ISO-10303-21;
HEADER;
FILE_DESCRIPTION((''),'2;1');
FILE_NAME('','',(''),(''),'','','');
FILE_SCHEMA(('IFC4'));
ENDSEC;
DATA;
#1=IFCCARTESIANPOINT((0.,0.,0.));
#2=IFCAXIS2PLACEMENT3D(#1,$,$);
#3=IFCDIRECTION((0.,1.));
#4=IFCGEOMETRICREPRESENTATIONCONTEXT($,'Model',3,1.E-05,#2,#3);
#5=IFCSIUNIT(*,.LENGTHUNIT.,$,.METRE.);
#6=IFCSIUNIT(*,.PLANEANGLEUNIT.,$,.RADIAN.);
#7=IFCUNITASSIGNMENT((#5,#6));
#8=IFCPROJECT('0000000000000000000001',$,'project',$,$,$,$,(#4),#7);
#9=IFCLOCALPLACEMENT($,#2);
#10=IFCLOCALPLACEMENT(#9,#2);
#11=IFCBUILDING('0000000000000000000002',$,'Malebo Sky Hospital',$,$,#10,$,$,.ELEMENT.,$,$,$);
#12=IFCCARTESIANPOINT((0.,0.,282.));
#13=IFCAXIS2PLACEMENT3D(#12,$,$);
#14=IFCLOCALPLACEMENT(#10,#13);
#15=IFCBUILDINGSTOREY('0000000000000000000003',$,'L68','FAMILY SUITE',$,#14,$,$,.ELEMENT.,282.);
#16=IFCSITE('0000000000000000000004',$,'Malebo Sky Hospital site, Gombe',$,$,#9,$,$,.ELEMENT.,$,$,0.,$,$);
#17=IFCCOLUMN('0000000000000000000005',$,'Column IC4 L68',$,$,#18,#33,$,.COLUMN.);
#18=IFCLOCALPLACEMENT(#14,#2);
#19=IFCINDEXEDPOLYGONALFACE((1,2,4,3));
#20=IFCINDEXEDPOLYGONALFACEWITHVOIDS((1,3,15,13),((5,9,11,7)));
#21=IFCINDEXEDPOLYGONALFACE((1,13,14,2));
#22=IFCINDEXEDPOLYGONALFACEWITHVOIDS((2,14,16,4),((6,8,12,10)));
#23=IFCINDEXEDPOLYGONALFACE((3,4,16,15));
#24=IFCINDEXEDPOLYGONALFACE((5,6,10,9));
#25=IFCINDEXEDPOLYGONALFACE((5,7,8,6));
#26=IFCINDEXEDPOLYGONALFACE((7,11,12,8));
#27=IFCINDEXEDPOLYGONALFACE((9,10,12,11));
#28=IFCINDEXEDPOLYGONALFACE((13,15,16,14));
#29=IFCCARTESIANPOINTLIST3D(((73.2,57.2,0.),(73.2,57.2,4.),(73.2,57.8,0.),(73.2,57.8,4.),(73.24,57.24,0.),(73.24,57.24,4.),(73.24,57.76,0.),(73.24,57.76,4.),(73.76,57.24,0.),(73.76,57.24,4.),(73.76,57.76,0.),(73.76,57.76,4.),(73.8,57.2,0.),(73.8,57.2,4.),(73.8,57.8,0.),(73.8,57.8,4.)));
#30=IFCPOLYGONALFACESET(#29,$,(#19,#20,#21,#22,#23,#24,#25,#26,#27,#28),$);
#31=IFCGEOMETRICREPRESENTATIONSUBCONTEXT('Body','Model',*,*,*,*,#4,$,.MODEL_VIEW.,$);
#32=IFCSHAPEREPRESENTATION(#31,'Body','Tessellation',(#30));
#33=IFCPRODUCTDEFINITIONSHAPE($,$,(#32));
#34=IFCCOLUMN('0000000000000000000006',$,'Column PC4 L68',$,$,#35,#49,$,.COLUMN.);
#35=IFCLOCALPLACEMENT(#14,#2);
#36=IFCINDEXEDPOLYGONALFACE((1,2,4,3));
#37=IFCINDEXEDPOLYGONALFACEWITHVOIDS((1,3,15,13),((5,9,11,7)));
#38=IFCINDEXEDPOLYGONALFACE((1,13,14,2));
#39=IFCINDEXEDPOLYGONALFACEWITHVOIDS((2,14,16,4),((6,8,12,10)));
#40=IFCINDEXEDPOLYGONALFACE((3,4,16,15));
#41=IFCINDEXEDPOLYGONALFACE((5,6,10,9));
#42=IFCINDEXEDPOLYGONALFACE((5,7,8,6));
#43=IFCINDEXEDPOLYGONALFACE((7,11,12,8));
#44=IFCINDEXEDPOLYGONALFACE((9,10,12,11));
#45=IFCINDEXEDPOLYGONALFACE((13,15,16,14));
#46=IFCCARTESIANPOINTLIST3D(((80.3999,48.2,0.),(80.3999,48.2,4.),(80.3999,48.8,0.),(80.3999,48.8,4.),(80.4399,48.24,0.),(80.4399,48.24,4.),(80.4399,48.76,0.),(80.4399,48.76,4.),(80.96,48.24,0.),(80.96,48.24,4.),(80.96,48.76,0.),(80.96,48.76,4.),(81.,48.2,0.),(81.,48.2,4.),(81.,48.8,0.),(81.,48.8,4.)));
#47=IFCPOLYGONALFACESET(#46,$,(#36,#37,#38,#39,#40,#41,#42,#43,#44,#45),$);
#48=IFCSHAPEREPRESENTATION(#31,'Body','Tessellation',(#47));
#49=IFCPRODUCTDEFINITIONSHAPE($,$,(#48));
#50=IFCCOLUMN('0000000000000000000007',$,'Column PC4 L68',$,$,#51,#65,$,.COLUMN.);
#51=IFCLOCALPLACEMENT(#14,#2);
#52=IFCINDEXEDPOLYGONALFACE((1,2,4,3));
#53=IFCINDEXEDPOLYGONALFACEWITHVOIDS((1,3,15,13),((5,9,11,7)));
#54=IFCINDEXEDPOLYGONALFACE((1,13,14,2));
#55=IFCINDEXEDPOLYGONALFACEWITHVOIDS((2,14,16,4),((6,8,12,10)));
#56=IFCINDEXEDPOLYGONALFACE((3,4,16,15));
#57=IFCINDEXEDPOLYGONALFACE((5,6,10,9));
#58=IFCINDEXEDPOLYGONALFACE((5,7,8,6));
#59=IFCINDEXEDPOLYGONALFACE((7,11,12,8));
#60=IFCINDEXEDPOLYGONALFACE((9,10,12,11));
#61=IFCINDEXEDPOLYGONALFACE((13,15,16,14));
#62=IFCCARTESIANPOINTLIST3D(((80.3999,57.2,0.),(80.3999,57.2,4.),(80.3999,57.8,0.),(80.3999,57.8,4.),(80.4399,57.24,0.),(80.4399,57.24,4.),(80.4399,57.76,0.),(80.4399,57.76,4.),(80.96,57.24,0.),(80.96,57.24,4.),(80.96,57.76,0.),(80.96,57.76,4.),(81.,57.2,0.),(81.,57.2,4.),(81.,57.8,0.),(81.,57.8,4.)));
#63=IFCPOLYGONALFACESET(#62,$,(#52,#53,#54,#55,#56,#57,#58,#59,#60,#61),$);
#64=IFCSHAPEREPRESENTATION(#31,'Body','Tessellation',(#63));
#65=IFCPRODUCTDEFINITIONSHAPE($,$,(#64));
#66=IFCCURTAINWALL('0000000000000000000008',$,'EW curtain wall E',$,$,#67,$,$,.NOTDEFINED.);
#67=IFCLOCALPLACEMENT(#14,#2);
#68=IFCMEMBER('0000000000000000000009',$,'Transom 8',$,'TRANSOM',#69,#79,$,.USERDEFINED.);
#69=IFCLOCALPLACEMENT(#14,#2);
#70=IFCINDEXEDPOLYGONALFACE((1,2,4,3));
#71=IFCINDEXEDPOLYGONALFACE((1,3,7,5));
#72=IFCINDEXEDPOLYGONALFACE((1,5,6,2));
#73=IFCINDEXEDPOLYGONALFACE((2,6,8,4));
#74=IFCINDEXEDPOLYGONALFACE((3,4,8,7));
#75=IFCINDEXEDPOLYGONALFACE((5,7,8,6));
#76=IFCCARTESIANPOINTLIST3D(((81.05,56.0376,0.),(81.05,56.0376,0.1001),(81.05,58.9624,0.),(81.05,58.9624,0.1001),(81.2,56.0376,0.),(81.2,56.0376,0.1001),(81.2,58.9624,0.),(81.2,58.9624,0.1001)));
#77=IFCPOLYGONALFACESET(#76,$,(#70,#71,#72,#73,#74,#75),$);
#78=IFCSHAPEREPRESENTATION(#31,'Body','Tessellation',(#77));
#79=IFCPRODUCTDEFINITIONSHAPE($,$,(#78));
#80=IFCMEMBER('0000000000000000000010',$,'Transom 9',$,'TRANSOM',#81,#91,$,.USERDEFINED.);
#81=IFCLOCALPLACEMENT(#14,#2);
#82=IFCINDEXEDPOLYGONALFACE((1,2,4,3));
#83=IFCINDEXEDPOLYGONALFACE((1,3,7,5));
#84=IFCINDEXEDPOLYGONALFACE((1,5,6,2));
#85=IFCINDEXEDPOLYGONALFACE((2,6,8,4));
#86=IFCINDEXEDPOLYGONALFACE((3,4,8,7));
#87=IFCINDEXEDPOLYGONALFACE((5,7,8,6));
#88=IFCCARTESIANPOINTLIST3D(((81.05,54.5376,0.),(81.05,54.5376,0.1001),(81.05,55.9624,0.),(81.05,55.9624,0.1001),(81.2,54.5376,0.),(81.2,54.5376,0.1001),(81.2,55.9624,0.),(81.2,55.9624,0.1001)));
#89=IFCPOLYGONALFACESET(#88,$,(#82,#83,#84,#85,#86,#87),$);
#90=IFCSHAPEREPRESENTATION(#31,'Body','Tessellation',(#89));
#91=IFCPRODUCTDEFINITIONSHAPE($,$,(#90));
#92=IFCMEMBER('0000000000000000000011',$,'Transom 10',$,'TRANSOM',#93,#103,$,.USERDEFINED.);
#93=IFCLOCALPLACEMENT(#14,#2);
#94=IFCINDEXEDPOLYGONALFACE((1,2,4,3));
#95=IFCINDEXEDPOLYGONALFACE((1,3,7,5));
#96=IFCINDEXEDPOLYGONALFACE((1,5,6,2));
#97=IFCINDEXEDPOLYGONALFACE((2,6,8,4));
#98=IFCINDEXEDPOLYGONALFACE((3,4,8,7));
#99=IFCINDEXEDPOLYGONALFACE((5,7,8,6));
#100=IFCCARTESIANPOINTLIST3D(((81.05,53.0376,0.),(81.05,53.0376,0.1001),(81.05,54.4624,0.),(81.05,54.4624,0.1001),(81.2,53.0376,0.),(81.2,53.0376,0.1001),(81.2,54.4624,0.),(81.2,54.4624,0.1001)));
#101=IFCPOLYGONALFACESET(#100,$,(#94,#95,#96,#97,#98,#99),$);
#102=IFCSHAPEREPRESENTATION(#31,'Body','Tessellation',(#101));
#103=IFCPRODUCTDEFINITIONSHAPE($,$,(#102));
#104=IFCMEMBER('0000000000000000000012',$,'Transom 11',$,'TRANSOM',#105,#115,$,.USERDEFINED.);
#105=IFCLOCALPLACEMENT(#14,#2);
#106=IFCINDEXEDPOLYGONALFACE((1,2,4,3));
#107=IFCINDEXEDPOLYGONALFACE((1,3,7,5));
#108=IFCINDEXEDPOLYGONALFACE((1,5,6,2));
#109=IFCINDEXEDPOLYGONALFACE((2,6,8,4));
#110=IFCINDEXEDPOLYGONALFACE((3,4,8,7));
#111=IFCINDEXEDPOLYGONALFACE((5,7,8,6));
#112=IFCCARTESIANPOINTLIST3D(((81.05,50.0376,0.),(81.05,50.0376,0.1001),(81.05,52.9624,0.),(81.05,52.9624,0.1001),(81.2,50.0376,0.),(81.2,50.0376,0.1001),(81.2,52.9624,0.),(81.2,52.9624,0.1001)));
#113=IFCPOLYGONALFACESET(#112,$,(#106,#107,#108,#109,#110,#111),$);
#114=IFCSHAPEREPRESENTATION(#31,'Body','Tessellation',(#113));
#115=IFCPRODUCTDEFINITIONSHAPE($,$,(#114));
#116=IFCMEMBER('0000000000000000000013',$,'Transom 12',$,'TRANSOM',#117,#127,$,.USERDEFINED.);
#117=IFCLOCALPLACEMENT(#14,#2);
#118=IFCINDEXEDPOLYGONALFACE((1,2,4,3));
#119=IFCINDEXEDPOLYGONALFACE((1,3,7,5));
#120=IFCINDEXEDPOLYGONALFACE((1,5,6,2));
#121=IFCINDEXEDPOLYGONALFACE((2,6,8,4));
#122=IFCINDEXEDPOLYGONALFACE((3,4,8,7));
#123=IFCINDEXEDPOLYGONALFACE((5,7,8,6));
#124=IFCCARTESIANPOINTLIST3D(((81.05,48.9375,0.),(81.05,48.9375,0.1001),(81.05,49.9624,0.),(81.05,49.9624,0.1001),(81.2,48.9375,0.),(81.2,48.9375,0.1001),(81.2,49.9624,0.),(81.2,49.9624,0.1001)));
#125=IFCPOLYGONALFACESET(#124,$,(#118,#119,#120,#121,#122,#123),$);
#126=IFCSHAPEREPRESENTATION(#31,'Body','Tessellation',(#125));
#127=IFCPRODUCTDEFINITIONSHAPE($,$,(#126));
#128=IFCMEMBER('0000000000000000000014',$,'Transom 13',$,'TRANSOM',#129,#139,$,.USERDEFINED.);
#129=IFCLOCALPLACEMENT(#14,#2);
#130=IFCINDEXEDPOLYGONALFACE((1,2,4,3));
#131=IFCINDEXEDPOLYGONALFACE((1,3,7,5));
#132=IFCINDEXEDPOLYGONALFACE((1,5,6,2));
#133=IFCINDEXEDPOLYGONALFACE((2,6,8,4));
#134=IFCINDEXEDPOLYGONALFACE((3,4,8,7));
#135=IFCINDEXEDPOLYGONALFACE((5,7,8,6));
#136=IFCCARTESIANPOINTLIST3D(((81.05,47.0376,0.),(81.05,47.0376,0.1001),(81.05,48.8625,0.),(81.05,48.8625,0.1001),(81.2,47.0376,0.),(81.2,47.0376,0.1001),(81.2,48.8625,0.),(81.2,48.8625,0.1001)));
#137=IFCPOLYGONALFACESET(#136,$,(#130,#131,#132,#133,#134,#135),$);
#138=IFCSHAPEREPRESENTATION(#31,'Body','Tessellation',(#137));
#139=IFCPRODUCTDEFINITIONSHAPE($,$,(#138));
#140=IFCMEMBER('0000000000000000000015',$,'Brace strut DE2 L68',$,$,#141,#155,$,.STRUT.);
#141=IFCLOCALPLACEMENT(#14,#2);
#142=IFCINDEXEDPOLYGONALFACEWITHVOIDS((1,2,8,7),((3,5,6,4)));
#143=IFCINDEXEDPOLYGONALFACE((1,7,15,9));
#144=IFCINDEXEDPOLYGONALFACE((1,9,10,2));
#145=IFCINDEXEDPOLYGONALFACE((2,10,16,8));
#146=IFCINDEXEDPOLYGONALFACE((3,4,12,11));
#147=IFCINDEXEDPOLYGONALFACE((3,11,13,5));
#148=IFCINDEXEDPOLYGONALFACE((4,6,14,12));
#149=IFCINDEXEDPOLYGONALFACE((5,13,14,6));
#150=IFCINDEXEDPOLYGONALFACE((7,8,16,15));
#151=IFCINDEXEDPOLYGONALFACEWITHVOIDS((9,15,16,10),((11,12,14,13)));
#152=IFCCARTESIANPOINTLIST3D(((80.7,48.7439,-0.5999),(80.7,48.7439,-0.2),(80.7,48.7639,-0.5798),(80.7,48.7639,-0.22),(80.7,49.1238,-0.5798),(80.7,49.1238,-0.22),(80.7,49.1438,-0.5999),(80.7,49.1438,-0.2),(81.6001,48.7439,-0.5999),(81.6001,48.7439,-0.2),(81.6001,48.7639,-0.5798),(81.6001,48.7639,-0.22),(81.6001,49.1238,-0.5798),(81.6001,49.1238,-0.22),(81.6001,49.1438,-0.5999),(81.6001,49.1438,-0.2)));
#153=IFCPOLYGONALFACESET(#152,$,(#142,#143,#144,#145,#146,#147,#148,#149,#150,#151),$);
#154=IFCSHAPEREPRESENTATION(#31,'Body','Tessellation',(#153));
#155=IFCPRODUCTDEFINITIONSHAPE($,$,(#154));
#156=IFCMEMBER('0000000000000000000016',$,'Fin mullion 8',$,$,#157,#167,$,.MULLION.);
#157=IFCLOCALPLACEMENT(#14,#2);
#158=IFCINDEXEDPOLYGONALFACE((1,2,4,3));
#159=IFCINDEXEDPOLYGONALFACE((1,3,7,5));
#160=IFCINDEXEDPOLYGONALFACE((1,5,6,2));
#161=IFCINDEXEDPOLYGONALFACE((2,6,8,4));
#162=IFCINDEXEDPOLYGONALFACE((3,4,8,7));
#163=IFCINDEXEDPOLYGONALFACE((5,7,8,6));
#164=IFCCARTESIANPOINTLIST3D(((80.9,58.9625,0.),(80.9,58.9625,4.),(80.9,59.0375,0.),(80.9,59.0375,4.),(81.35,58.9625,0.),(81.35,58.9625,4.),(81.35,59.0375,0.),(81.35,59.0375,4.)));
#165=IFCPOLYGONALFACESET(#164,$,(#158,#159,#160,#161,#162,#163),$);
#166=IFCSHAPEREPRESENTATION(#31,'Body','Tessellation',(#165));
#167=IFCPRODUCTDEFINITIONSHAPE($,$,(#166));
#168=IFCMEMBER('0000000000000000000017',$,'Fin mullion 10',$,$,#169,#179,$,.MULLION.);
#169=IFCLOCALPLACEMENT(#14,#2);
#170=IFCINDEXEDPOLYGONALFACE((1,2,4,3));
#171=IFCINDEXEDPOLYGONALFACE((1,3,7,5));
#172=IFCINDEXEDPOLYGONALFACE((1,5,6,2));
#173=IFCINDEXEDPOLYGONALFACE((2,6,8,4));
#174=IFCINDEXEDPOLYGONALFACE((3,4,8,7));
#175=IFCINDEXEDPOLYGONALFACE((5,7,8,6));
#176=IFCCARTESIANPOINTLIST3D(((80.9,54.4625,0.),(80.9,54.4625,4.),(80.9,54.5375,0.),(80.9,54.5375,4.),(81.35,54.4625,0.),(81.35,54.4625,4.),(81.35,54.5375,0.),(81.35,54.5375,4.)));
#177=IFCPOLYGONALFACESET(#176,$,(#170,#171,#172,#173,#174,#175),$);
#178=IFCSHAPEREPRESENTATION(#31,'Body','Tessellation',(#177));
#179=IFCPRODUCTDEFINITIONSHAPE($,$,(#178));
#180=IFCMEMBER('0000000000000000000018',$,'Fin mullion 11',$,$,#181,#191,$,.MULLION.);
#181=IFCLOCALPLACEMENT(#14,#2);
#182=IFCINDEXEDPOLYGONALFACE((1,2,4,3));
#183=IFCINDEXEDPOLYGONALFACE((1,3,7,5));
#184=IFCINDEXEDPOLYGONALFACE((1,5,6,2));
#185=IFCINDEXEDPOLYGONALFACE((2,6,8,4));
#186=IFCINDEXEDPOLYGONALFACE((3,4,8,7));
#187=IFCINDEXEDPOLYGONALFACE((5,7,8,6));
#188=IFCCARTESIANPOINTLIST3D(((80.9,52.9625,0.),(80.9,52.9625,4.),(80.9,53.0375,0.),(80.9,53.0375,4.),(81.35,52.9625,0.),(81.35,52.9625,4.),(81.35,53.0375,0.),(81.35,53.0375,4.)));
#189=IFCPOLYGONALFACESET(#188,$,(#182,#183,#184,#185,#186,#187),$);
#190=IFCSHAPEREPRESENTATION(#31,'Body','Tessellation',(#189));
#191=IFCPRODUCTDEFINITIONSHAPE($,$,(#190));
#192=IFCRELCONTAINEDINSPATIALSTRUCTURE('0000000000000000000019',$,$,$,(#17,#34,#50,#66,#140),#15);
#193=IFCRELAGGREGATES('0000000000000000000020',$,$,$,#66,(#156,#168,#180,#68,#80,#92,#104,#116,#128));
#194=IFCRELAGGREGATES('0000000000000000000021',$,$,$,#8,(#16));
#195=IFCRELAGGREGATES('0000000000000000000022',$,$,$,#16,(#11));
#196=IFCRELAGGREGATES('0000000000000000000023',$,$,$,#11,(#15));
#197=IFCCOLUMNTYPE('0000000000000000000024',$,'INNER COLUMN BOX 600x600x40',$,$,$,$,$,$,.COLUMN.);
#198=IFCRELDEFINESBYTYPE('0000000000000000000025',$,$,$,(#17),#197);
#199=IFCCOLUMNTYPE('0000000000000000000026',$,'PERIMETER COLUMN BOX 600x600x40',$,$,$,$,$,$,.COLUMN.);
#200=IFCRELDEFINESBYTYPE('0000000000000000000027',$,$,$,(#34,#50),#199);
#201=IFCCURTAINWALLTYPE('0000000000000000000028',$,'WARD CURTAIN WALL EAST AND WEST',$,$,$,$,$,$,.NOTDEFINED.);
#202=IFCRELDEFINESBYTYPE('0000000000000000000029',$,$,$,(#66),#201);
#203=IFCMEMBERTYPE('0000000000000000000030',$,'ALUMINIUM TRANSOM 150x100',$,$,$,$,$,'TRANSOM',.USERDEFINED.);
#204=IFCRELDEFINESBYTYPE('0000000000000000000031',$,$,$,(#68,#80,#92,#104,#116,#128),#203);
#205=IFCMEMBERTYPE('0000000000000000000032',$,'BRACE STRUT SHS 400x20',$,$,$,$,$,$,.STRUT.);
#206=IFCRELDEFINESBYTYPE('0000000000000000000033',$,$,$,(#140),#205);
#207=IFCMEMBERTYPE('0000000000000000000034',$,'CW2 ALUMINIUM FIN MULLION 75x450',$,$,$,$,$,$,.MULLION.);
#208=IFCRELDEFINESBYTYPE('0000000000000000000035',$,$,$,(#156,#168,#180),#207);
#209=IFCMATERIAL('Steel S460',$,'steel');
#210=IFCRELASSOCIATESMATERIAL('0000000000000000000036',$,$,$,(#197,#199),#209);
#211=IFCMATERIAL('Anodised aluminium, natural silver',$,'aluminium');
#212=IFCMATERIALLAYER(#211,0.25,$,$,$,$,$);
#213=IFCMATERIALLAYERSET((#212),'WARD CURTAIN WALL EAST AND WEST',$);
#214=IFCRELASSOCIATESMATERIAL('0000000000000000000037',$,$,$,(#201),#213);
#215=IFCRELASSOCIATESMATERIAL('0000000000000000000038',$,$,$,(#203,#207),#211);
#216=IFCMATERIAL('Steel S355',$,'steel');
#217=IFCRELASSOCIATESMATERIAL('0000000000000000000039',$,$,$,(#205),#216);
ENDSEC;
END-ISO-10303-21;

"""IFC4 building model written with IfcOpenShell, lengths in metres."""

from ifc_helpers import new_model, si_unit, direction, frame, origin, origin_2d, place, context, subcontext, project, spatial, rectangle, hollow_rectangle, extrude, material, layer, layer_set, material_profile, profile_set, type_object, element, aggregate, save


model = new_model("IFC4")

# Units and contexts
model_context = context("Model", 3, precision=1e-05, world=origin(), true_north=direction((0.0, 1.0)))
body_context = subcontext(model_context, "Body", "Model", "MODEL_VIEW")
ifc_project = project(units=[si_unit("LENGTHUNIT", "METRE"), si_unit("PLANEANGLEUNIT", "RADIAN")], contexts=[model_context])

# Site, building, storey
site_placement = place(None, origin())
site = spatial("IfcSite", under=ifc_project, at=site_placement, Name="Malebo Sky Hospital site, Gombe", CompositionType="ELEMENT", RefElevation=0.0)
building_placement = place(site_placement, origin())
building = spatial("IfcBuilding", under=site, at=building_placement, Name="Malebo Sky Hospital", CompositionType="ELEMENT")
storey_placement = place(building_placement, frame((0.0, 0.0, 282.0)))
storey = spatial("IfcBuildingStorey", under=building, at=storey_placement, Name="L68", Description="FAMILY SUITE", CompositionType="ELEMENT", Elevation=282.0)

# Columns
ifc_material_1 = material(Name="Steel S460", Category="steel")
ifc_material_profile_1 = material_profile(ifc_material_1, hollow_rectangle(XDim=0.6001, YDim=0.6001, WallThickness=0.04, at=origin_2d()), Name="BOX 600x600x40")
ifc_profile_set_1 = profile_set([ifc_material_profile_1], Name="Steel S460")
column_type_1 = type_object("IfcColumnType", Name="INNER COLUMN BOX 600x600x40", PredefinedType="COLUMN", material=ifc_profile_set_1)
column_placement = place(storey_placement, frame((73.5, 57.5, 0.0), z_axis=(0.0, 0.0, 1.0), x_axis=(1.0, 0.0, 0.0)))
element("IfcColumn", 1, at=column_placement, inside=storey, type_object=column_type_1, Name="Column IC4 L68", PredefinedType="COLUMN", context=body_context, shape_type="SweptSolid", body=[
    extrude(hollow_rectangle(XDim=0.6001, YDim=0.6001, WallThickness=0.04, at=origin_2d()), origin(), (0.0, 0.0, 1.0), 4.0),
])
ifc_material_profile_2 = material_profile(ifc_material_1, hollow_rectangle(XDim=0.6001, YDim=0.6001, WallThickness=0.04, at=origin_2d()), Name="BOX 600x600x40")
ifc_profile_set_2 = profile_set([ifc_material_profile_2], Name="Steel S460")
column_type_2 = type_object("IfcColumnType", Name="PERIMETER COLUMN BOX 600x600x40", PredefinedType="COLUMN", material=ifc_profile_set_2)
for number, where, z_axis, x_axis, name in (
    (2, (80.7, 48.5, 0.0), (0.0, 0.0, 1.0), (1.0, 0.0, 0.0), "Column PC4 L68"),
    (3, (80.7, 57.5, 0.0), (0.0, 0.0, 1.0), (1.0, 0.0, 0.0), "Column PC4 L68"),
):
    element("IfcColumn", number, at=place(storey_placement, frame(where, z_axis=z_axis, x_axis=x_axis)), inside=storey, type_object=column_type_2, Name=name, PredefinedType="COLUMN", context=body_context, shape_type="SweptSolid", body=[
        extrude(hollow_rectangle(XDim=0.6001, YDim=0.6001, WallThickness=0.04, at=origin_2d()), origin(), (0.0, 0.0, 1.0), 4.0),
    ])

# Curtain wall, members
ifc_material_2 = material(Name="Anodised aluminium, natural silver", Category="aluminium")
ifc_layer_1 = layer(ifc_material_2, 0.25)
ifc_layer_set_1 = layer_set([ifc_layer_1], Name="WARD CURTAIN WALL EAST AND WEST")
curtain_wall_type = type_object("IfcCurtainWallType", Name="WARD CURTAIN WALL EAST AND WEST", PredefinedType="NOTDEFINED", material=ifc_layer_set_1)
curtain_wall_placement = place(storey_placement, origin())
curtain_wall = element("IfcCurtainWall", 4, at=curtain_wall_placement, inside=storey, type_object=curtain_wall_type, Name="EW curtain wall E", PredefinedType="NOTDEFINED")
ifc_material_profile_3 = material_profile(ifc_material_2, rectangle(XDim=0.1499, YDim=0.1001, at=origin_2d()), Name="ALUMINIUM TRANSOM 150x100")
ifc_profile_set_3 = profile_set([ifc_material_profile_3], Name="Anodised aluminium, natural silver")
member_type_1 = type_object("IfcMemberType", Name="ALUMINIUM TRANSOM 150x100", ElementType="TRANSOM", PredefinedType="USERDEFINED", material=ifc_profile_set_3)
member_1_placement = place(storey_placement, frame((81.125, 58.9624, 0.05), z_axis=(0.0, -1.0, 0.0), x_axis=(1.0, 0.0, 0.0)))
member_1 = element("IfcMember", 5, at=member_1_placement, type_object=member_type_1, Name="Transom 8", ObjectType="TRANSOM", PredefinedType="USERDEFINED", context=body_context, shape_type="SweptSolid", body=[
    extrude(rectangle(XDim=0.1499, YDim=0.1001, at=origin_2d()), origin(), (0.0, 0.0, 1.0), 2.9248),
])
member_2_placement = place(storey_placement, frame((81.125, 55.9624, 0.05), z_axis=(0.0, -1.0, 0.0), x_axis=(1.0, 0.0, 0.0)))
member_2 = element("IfcMember", 6, at=member_2_placement, type_object=member_type_1, Name="Transom 9", ObjectType="TRANSOM", PredefinedType="USERDEFINED", context=body_context, shape_type="SweptSolid", body=[
    extrude(rectangle(XDim=0.1499, YDim=0.1001, at=origin_2d()), origin(), (0.0, 0.0, 1.0), 1.4248),
])
member_3_placement = place(storey_placement, frame((81.125, 54.4624, 0.05), z_axis=(0.0, -1.0, 0.0), x_axis=(1.0, 0.0, 0.0)))
member_3 = element("IfcMember", 7, at=member_3_placement, type_object=member_type_1, Name="Transom 10", ObjectType="TRANSOM", PredefinedType="USERDEFINED", context=body_context, shape_type="SweptSolid", body=[
    extrude(rectangle(XDim=0.1499, YDim=0.1001, at=origin_2d()), origin(), (0.0, 0.0, 1.0), 1.4248),
])
member_4_placement = place(storey_placement, frame((81.125, 52.9624, 0.05), z_axis=(0.0, -1.0, 0.0), x_axis=(1.0, 0.0, 0.0)))
member_4 = element("IfcMember", 8, at=member_4_placement, type_object=member_type_1, Name="Transom 11", ObjectType="TRANSOM", PredefinedType="USERDEFINED", context=body_context, shape_type="SweptSolid", body=[
    extrude(rectangle(XDim=0.1499, YDim=0.1001, at=origin_2d()), origin(), (0.0, 0.0, 1.0), 2.9248),
])
member_5_placement = place(storey_placement, frame((81.125, 49.9624, 0.05), z_axis=(0.0, -1.0, 0.0), x_axis=(1.0, 0.0, 0.0)))
member_5 = element("IfcMember", 9, at=member_5_placement, type_object=member_type_1, Name="Transom 12", ObjectType="TRANSOM", PredefinedType="USERDEFINED", context=body_context, shape_type="SweptSolid", body=[
    extrude(rectangle(XDim=0.1499, YDim=0.1001, at=origin_2d()), origin(), (0.0, 0.0, 1.0), 1.0249),
])
member_6_placement = place(storey_placement, frame((81.125, 48.8625, 0.05), z_axis=(0.0, -1.0, 0.0), x_axis=(1.0, 0.0, 0.0)))
member_6 = element("IfcMember", 10, at=member_6_placement, type_object=member_type_1, Name="Transom 13", ObjectType="TRANSOM", PredefinedType="USERDEFINED", context=body_context, shape_type="SweptSolid", body=[
    extrude(rectangle(XDim=0.1499, YDim=0.1001, at=origin_2d()), origin(), (0.0, 0.0, 1.0), 1.825),
])

# Members
ifc_material_3 = material(Name="Steel S355", Category="steel")
ifc_material_profile_4 = material_profile(ifc_material_3, hollow_rectangle(XDim=0.3999, YDim=0.3999, WallThickness=0.02, at=origin_2d()), Name="SHS 400x20")
ifc_profile_set_4 = profile_set([ifc_material_profile_4], Name="Steel S355")
member_type_2 = type_object("IfcMemberType", Name="BRACE STRUT SHS 400x20", PredefinedType="STRUT", material=ifc_profile_set_4)
member_7_placement = place(storey_placement, frame((81.6001, 48.9438, -0.3999), z_axis=(-1.0, 0.0, 0.0), x_axis=(0.0, -1.0, 0.0)))
element("IfcMember", 11, at=member_7_placement, inside=storey, type_object=member_type_2, Name="Brace strut DE2 L68", PredefinedType="STRUT", context=body_context, shape_type="SweptSolid", body=[
    extrude(hollow_rectangle(XDim=0.3999, YDim=0.3999, WallThickness=0.02, at=origin_2d()), origin(), (0.0, 0.0, 1.0), 0.9001),
])
ifc_material_profile_5 = material_profile(ifc_material_2, rectangle(XDim=0.075, YDim=0.45, at=origin_2d()), Name="CW2 ALUMINIUM FIN MULLION 75x450")
ifc_profile_set_5 = profile_set([ifc_material_profile_5], Name="Anodised aluminium, natural silver")
member_type_3 = type_object("IfcMemberType", Name="CW2 ALUMINIUM FIN MULLION 75x450", PredefinedType="MULLION", material=ifc_profile_set_5)
member_8_placement = place(storey_placement, frame((81.125, 59.0, 0.0), z_axis=(0.0, 0.0, 1.0), x_axis=(0.0, -1.0, 0.0)))
member_8 = element("IfcMember", 12, at=member_8_placement, type_object=member_type_3, Name="Fin mullion 8", PredefinedType="MULLION", context=body_context, shape_type="SweptSolid", body=[
    extrude(rectangle(XDim=0.075, YDim=0.45, at=origin_2d()), origin(), (0.0, 0.0, 1.0), 4.0),
])
member_9_placement = place(storey_placement, frame((81.125, 54.5, 0.0), z_axis=(0.0, 0.0, 1.0), x_axis=(0.0, -1.0, 0.0)))
member_9 = element("IfcMember", 13, at=member_9_placement, type_object=member_type_3, Name="Fin mullion 10", PredefinedType="MULLION", context=body_context, shape_type="SweptSolid", body=[
    extrude(rectangle(XDim=0.075, YDim=0.45, at=origin_2d()), origin(), (0.0, 0.0, 1.0), 4.0),
])
member_10_placement = place(storey_placement, frame((81.125, 53.0, 0.0), z_axis=(0.0, 0.0, 1.0), x_axis=(0.0, -1.0, 0.0)))
member_10 = element("IfcMember", 14, at=member_10_placement, type_object=member_type_3, Name="Fin mullion 11", PredefinedType="MULLION", context=body_context, shape_type="SweptSolid", body=[
    extrude(rectangle(XDim=0.075, YDim=0.45, at=origin_2d()), origin(), (0.0, 0.0, 1.0), 4.0),
])

aggregate(curtain_wall, [member_8, member_9, member_10, member_1, member_2, member_3, member_4, member_5, member_6])

save(model, "model.ifc")
